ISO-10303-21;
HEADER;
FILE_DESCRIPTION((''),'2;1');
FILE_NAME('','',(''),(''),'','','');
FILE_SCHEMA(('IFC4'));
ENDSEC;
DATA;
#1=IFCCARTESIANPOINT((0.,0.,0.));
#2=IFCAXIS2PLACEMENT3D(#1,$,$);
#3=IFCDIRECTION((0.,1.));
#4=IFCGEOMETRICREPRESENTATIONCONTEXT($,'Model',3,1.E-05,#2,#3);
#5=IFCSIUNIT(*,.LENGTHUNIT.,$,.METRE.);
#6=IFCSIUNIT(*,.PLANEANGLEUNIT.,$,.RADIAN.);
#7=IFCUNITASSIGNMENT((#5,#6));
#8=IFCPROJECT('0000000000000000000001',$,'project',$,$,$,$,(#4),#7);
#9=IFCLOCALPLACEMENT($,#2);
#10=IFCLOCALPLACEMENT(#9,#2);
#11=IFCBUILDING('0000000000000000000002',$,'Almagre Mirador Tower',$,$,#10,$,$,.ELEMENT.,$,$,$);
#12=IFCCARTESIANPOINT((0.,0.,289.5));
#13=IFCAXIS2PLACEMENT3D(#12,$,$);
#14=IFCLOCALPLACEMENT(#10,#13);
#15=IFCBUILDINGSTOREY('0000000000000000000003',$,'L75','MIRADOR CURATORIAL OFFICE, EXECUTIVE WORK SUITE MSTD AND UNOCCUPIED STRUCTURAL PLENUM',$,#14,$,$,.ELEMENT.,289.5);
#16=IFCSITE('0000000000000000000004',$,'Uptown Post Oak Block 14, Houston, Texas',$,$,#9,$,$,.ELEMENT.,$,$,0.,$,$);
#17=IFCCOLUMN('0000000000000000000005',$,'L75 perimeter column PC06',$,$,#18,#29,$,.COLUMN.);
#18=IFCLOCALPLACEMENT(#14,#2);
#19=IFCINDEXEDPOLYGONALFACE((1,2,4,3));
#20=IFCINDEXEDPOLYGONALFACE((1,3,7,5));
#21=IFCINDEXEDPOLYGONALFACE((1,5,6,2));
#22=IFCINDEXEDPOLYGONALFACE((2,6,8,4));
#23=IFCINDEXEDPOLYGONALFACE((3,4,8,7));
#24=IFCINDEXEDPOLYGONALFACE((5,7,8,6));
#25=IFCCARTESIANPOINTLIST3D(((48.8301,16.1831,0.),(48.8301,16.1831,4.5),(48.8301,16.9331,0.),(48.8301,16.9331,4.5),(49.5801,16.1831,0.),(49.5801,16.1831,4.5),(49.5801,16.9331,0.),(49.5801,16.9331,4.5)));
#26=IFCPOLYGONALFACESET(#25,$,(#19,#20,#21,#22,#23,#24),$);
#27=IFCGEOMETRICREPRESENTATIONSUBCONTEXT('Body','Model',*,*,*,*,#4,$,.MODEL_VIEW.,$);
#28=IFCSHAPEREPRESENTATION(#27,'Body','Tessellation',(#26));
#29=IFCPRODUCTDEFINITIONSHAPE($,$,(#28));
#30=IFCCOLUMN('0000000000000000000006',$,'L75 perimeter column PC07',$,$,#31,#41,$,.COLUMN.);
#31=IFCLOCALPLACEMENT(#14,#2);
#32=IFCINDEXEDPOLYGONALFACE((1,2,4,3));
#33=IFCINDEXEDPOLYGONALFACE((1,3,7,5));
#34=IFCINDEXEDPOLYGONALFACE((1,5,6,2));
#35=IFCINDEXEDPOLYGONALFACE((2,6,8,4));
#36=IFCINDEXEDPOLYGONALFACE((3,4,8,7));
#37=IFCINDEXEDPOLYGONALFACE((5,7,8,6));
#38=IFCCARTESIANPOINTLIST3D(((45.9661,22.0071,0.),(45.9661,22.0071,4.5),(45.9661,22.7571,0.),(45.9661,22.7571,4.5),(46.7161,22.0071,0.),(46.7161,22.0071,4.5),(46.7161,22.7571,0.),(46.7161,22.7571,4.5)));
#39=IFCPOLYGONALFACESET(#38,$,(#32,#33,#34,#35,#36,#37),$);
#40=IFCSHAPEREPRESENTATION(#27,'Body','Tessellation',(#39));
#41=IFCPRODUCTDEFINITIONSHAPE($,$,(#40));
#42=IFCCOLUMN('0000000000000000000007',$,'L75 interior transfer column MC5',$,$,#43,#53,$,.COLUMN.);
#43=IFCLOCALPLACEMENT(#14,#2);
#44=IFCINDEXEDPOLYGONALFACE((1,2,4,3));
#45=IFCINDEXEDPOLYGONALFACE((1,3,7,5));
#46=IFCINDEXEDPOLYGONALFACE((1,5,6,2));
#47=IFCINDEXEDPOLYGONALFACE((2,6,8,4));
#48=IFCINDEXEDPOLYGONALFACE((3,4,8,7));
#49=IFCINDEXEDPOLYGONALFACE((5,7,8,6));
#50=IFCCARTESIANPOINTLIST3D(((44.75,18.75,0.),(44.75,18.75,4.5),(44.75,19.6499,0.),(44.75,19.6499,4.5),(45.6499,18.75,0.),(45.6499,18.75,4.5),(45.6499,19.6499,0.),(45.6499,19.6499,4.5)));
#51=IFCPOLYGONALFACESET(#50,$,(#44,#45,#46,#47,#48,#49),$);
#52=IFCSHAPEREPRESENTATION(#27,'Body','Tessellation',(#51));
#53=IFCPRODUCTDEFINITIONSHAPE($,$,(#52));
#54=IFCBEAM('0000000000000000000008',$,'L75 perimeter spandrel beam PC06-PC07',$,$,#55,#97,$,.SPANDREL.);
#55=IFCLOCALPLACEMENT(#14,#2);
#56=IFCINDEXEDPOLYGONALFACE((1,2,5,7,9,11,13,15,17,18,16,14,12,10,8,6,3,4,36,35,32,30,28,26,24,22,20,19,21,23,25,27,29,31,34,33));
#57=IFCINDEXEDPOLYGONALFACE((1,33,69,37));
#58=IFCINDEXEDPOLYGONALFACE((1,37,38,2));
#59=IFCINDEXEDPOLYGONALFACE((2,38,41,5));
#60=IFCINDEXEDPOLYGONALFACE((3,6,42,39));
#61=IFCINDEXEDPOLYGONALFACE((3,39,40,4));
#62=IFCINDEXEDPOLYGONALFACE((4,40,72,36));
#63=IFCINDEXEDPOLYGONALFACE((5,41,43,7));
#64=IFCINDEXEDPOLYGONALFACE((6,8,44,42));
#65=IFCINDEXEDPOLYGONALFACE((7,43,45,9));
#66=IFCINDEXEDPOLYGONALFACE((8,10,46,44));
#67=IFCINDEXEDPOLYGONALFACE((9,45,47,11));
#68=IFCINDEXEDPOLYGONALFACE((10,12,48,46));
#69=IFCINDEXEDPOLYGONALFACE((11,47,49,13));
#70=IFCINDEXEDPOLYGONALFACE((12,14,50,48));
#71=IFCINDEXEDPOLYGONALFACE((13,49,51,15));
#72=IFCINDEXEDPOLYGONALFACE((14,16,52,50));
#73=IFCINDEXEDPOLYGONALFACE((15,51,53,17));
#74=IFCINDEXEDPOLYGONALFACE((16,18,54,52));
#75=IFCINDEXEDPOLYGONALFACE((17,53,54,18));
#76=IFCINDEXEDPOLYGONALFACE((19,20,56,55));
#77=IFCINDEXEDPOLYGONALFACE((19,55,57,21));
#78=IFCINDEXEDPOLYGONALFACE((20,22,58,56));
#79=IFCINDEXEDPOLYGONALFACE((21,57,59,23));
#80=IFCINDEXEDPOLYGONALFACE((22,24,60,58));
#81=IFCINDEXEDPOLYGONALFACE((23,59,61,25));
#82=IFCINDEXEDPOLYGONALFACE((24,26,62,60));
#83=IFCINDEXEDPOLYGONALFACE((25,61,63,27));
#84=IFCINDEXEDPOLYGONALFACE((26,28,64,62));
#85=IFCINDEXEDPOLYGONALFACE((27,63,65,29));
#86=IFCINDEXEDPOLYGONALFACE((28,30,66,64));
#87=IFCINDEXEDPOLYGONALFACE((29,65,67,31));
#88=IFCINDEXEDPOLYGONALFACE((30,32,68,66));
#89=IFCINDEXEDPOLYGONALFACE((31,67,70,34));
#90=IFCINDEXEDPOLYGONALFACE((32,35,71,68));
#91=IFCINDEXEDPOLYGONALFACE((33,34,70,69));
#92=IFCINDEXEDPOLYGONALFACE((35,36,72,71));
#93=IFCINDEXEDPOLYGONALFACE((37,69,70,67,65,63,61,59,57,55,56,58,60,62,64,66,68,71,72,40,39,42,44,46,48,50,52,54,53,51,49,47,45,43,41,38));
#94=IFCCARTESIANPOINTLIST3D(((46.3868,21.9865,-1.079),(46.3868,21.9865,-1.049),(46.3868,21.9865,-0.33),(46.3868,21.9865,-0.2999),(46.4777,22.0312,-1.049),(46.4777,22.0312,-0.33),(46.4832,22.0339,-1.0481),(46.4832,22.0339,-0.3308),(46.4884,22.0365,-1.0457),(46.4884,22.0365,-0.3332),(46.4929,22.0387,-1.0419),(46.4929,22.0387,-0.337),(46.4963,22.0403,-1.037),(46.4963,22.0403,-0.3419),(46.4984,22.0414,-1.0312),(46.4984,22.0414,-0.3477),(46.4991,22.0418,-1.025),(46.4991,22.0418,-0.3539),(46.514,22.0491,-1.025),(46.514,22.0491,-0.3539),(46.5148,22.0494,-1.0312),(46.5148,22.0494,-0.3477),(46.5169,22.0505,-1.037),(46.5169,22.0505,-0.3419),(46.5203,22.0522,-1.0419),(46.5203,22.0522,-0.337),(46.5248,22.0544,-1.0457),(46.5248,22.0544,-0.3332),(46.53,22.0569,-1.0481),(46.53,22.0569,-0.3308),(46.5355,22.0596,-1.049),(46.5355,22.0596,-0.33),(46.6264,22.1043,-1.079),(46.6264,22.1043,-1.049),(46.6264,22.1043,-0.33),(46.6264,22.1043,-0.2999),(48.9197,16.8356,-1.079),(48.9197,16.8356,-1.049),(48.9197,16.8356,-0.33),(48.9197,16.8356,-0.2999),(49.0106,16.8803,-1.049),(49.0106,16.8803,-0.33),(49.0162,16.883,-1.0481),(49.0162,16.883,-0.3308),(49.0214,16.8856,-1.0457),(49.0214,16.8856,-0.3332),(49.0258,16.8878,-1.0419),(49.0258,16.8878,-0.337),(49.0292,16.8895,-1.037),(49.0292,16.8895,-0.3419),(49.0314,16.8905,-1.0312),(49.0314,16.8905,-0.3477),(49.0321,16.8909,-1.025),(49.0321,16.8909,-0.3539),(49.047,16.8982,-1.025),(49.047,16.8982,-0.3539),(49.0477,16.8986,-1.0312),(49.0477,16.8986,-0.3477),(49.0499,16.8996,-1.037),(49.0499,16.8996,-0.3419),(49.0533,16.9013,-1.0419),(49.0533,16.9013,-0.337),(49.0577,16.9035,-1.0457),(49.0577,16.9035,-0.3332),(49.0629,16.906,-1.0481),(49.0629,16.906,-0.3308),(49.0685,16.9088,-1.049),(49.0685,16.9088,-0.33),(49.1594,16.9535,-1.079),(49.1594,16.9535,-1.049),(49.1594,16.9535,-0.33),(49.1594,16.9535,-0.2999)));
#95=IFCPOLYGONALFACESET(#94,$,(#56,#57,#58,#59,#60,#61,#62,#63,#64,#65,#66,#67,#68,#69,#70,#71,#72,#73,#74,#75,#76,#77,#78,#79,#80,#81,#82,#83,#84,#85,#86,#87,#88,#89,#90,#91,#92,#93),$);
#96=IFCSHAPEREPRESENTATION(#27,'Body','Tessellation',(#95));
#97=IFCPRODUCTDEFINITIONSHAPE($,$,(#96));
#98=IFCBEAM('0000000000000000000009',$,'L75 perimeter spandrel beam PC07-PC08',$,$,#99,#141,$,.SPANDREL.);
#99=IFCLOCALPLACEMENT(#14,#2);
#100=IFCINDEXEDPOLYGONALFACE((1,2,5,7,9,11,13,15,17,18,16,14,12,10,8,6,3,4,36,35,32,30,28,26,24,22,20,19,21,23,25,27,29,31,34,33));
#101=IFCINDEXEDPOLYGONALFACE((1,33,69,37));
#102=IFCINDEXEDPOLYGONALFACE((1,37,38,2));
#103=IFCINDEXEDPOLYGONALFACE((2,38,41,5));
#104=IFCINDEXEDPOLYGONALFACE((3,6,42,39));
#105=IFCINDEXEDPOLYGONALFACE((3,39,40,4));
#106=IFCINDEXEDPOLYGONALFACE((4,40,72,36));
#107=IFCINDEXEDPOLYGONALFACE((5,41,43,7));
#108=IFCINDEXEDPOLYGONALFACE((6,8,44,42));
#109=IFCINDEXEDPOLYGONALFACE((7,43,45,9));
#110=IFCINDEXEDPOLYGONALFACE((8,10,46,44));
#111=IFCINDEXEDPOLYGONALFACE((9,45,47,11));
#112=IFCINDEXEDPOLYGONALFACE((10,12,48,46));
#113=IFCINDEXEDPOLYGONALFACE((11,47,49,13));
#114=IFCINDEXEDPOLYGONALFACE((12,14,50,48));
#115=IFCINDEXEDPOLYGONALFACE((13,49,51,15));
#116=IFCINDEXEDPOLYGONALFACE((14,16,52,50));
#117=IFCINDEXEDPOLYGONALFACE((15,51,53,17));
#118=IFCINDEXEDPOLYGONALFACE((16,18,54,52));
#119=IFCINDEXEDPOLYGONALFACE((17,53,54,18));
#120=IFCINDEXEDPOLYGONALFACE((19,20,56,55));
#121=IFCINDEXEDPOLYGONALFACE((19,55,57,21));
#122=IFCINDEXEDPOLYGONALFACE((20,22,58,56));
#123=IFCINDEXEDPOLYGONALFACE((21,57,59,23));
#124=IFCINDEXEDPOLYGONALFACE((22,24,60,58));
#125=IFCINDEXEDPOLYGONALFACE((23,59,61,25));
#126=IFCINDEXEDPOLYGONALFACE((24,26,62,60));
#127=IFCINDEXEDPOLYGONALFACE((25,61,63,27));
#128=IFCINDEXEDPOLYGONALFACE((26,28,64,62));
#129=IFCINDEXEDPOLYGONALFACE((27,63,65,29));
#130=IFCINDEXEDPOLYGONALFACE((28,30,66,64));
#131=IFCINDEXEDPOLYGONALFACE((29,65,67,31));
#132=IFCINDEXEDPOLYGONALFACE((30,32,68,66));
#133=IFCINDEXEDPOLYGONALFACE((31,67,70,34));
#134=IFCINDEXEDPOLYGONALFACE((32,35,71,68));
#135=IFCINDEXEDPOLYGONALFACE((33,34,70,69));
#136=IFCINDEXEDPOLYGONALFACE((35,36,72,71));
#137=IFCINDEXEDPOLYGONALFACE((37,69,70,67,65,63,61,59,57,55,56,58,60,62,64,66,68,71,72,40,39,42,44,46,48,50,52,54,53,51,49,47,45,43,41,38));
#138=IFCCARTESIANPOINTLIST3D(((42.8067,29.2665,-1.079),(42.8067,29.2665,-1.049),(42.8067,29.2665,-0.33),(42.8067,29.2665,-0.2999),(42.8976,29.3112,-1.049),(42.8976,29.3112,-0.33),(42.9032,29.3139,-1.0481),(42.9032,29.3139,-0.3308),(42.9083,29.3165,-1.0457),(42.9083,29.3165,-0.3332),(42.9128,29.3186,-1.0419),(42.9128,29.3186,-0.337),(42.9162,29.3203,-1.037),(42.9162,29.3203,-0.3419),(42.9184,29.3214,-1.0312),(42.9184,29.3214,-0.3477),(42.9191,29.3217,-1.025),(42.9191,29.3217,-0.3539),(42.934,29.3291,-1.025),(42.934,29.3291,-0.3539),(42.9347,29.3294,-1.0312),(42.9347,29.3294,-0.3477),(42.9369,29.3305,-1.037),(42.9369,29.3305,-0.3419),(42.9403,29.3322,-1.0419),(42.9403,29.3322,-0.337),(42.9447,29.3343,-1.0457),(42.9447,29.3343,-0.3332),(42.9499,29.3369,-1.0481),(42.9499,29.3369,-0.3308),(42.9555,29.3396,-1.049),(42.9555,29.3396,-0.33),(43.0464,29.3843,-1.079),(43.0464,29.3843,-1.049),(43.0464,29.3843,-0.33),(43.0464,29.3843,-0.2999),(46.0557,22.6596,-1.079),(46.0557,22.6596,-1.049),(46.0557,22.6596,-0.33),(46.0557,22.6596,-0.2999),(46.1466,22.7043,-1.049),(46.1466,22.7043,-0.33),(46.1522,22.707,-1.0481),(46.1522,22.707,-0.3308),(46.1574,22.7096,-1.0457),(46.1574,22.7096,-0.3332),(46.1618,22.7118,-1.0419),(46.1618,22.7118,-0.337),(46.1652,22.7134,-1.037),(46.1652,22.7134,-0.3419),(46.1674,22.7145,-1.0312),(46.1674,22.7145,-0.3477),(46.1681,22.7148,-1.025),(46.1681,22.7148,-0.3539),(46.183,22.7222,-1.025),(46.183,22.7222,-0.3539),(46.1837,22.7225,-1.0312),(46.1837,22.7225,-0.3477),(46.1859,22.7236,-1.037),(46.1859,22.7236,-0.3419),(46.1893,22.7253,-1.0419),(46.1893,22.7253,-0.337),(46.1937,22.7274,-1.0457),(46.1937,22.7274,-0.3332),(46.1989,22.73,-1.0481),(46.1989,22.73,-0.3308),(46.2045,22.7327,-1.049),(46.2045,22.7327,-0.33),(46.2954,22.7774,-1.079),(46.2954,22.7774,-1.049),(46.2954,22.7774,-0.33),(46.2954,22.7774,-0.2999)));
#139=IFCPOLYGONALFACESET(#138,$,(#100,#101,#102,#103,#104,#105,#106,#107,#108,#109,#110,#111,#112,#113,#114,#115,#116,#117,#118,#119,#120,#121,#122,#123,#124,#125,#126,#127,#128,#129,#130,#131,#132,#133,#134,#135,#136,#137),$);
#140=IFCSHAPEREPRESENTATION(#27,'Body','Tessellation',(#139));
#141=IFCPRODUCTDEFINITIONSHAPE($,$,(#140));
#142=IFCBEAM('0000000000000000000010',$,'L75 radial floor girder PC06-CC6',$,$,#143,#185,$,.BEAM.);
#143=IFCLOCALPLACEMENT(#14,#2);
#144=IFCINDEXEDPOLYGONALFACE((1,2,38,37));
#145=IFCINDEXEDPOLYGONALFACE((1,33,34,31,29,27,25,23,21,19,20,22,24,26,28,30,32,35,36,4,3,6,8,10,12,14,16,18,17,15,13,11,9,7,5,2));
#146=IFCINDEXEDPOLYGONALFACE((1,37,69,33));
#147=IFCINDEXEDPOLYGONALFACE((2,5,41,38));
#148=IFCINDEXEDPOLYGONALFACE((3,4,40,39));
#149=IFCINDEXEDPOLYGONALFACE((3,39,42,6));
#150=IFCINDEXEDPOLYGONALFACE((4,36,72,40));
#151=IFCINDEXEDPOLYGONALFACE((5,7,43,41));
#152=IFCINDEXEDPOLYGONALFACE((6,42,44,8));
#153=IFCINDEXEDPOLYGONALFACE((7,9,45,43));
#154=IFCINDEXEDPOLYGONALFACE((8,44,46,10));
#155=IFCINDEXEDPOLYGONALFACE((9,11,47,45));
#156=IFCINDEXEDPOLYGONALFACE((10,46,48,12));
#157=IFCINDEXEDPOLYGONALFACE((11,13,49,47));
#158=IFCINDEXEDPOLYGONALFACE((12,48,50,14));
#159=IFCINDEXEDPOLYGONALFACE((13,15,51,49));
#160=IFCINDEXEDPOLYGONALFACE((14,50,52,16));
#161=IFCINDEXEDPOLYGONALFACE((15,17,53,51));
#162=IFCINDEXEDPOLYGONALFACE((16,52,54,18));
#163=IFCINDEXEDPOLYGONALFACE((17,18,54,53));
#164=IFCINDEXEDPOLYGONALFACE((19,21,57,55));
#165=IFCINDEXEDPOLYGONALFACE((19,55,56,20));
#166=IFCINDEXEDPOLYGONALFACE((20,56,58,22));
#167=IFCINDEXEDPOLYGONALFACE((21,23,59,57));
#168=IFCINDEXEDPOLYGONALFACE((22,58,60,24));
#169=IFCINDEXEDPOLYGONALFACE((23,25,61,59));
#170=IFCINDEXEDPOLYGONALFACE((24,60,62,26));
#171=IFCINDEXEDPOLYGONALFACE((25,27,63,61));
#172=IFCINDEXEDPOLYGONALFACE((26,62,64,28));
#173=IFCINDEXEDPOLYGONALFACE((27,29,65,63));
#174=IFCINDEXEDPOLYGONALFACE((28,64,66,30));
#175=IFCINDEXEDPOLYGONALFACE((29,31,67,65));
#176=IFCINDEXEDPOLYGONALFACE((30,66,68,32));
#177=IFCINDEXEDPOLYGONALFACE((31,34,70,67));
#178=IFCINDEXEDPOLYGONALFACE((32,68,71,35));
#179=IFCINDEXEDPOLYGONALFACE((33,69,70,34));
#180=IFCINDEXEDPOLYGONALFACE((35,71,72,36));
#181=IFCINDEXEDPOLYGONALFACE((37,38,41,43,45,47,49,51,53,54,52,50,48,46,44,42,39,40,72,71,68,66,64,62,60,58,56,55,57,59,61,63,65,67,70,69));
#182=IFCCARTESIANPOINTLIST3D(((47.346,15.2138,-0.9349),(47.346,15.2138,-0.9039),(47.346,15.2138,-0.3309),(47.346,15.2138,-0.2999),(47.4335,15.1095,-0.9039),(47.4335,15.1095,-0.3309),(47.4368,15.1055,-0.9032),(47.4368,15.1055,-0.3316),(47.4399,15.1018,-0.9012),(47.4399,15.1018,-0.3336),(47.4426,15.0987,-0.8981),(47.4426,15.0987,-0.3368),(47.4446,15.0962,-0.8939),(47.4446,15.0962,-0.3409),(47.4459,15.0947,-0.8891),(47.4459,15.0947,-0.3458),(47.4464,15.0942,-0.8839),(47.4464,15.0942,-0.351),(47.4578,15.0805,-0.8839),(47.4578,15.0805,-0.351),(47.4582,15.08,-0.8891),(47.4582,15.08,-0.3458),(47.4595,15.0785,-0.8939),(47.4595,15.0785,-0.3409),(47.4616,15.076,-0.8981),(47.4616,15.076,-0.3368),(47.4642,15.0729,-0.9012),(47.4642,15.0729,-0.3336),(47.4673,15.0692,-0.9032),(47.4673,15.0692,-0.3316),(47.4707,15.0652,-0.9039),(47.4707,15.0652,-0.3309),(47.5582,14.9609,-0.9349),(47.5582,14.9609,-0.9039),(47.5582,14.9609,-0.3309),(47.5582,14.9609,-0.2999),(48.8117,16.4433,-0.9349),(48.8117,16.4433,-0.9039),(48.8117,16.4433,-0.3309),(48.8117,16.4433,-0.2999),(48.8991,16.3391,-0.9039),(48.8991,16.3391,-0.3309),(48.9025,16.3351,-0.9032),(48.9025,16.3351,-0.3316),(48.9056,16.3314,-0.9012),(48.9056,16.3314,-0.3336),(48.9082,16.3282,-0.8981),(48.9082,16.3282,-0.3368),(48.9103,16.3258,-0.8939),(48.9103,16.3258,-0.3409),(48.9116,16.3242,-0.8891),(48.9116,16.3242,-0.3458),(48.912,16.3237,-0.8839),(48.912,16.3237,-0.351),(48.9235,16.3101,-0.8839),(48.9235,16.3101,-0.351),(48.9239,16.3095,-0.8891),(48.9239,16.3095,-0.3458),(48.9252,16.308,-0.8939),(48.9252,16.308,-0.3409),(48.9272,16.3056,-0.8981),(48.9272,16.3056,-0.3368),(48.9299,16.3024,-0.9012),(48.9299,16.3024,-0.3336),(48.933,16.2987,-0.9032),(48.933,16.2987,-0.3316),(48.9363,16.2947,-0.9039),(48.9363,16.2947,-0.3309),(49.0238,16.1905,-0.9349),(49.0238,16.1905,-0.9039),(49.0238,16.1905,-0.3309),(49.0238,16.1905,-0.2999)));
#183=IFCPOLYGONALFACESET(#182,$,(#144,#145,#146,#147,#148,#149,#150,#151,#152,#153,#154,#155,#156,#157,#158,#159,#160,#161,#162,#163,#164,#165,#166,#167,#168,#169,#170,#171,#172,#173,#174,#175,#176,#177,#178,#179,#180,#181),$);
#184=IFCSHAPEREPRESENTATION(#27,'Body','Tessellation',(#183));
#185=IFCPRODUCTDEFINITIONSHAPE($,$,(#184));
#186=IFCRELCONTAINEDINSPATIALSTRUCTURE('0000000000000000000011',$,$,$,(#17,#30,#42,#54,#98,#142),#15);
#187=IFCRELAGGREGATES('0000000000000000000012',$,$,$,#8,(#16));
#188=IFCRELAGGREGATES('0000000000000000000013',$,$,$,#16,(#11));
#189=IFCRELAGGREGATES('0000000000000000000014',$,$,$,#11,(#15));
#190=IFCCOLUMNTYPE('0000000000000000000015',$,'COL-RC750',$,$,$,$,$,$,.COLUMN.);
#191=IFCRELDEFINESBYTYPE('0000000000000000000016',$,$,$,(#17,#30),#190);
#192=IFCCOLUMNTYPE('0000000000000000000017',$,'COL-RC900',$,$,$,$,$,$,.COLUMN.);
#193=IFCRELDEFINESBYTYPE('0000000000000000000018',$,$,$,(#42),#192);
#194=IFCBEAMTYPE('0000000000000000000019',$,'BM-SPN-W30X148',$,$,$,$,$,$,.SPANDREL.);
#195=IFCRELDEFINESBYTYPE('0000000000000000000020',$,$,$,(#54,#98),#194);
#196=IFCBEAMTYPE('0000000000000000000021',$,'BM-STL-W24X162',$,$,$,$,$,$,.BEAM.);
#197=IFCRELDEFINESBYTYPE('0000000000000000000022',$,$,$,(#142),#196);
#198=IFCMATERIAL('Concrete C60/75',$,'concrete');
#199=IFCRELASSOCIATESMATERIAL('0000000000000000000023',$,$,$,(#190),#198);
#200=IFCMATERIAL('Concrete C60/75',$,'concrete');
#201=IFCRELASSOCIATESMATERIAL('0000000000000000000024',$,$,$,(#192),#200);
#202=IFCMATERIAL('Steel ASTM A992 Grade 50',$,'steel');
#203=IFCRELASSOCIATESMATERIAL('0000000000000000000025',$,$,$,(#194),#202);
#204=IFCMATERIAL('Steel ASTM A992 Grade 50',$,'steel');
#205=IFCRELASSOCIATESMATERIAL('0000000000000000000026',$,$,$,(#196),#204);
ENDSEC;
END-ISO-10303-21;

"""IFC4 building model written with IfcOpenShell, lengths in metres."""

from ifc_helpers import new_model, si_unit, direction, frame, origin, origin_2d, place, context, subcontext, project, spatial, rectangle, i_section, extrude, material, material_profile, profile_set, type_object, element, save


model = new_model("IFC4")

# Units and contexts
model_context = context("Model", 3, precision=1e-05, world=origin(), true_north=direction((0.0, 1.0)))
body_context = subcontext(model_context, "Body", "Model", "MODEL_VIEW")
ifc_project = project(units=[si_unit("LENGTHUNIT", "METRE"), si_unit("PLANEANGLEUNIT", "RADIAN")], contexts=[model_context])

# Site, building, storey
site_placement = place(None, origin())
site = spatial("IfcSite", under=ifc_project, at=site_placement, Name="Uptown Post Oak Block 14, Houston, Texas", CompositionType="ELEMENT", RefElevation=0.0)
building_placement = place(site_placement, origin())
building = spatial("IfcBuilding", under=site, at=building_placement, Name="Almagre Mirador Tower", CompositionType="ELEMENT")
storey_placement = place(building_placement, frame((0.0, 0.0, 289.5)))
storey = spatial("IfcBuildingStorey", under=building, at=storey_placement, Name="L75", Description="MIRADOR CURATORIAL OFFICE, EXECUTIVE WORK SUITE MSTD AND UNOCCUPIED STRUCTURAL PLENUM", CompositionType="ELEMENT", Elevation=289.5)

# Columns
ifc_material_1 = material(Name="Concrete C60/75", Category="concrete")
ifc_material_profile_1 = material_profile(ifc_material_1, rectangle(XDim=0.75, YDim=0.75, at=origin_2d()), Name="RC750X750")
ifc_profile_set_1 = profile_set([ifc_material_profile_1], Name="Concrete C60/75")
column_type_1 = type_object("IfcColumnType", Name="COL-RC750", PredefinedType="COLUMN", material=ifc_profile_set_1)
for number, where, z_axis, x_axis, name in (
    (1, (49.2051, 16.5581, 0.0), (0.0, 0.0, 1.0), (1.0, 0.0, 0.0), "L75 perimeter column PC06"),
    (2, (46.3411, 22.3821, 0.0), (0.0, 0.0, 1.0), (1.0, 0.0, 0.0), "L75 perimeter column PC07"),
):
    element("IfcColumn", number, at=place(storey_placement, frame(where, z_axis=z_axis, x_axis=x_axis)), inside=storey, type_object=column_type_1, Name=name, PredefinedType="COLUMN", context=body_context, shape_type="SweptSolid", body=[
        extrude(rectangle(XDim=0.75, YDim=0.75, at=origin_2d()), origin(), (0.0, 0.0, 1.0), 4.5),
    ])
ifc_material_2 = material(Name="Concrete C60/75", Category="concrete")
ifc_material_profile_2 = material_profile(ifc_material_2, rectangle(XDim=0.8999, YDim=0.8999, at=origin_2d()), Name="RC900X900")
ifc_profile_set_2 = profile_set([ifc_material_profile_2], Name="Concrete C60/75")
column_type_2 = type_object("IfcColumnType", Name="COL-RC900", PredefinedType="COLUMN", material=ifc_profile_set_2)
column_placement = place(storey_placement, frame((45.2, 19.2, 0.0), z_axis=(0.0, 0.0, 1.0), x_axis=(1.0, 0.0, 0.0)))
element("IfcColumn", 3, at=column_placement, inside=storey, type_object=column_type_2, Name="L75 interior transfer column MC5", PredefinedType="COLUMN", context=body_context, shape_type="SweptSolid", body=[
    extrude(rectangle(XDim=0.8999, YDim=0.8999, at=origin_2d()), origin(), (0.0, 0.0, 1.0), 4.5),
])

# Beams
ifc_material_3 = material(Name="Steel ASTM A992 Grade 50", Category="steel")
ifc_material_profile_3 = material_profile(ifc_material_3, i_section(OverallWidth=0.2671, OverallDepth=0.7791, WebThickness=0.0166, FlangeThickness=0.03, FilletRadius=0.0239, at=origin_2d()), Name="W30X148")
ifc_profile_set_3 = profile_set([ifc_material_profile_3], Name="Steel ASTM A992 Grade 50")
beam_type_1 = type_object("IfcBeamType", Name="BM-SPN-W30X148", PredefinedType="SPANDREL", material=ifc_profile_set_3)
beam_1_placement = place(storey_placement, frame((49.0396, 16.8945, -0.6895), z_axis=(-0.441283, 0.897368, 0.0), x_axis=(-0.897368, -0.441283, 0.0)))
element("IfcBeam", 4, at=beam_1_placement, inside=storey, type_object=beam_type_1, Name="L75 perimeter spandrel beam PC06-PC07", PredefinedType="SPANDREL", context=body_context, shape_type="SweptSolid", body=[
    extrude(i_section(OverallWidth=0.2671, OverallDepth=0.7791, WebThickness=0.0166, FlangeThickness=0.03, FilletRadius=0.0239, at=origin_2d()), origin(), (0.0, 0.0, 1.0), 5.74),
])
beam_2_placement = place(storey_placement, frame((46.1755, 22.7185, -0.6895), z_axis=(-0.441288, 0.897365, 0.0), x_axis=(-0.897365, -0.441288, 0.0)))
element("IfcBeam", 5, at=beam_2_placement, inside=storey, type_object=beam_type_1, Name="L75 perimeter spandrel beam PC07-PC08", PredefinedType="SPANDREL", context=body_context, shape_type="SweptSolid", body=[
    extrude(i_section(OverallWidth=0.2671, OverallDepth=0.7791, WebThickness=0.0166, FlangeThickness=0.03, FilletRadius=0.0239, at=origin_2d()), origin(), (0.0, 0.0, 1.0), 7.3625),
])
ifc_material_4 = material(Name="Steel ASTM A992 Grade 50", Category="steel")
ifc_material_profile_4 = material_profile(ifc_material_4, i_section(OverallWidth=0.3301, OverallDepth=0.635, WebThickness=0.0178, FlangeThickness=0.031, FilletRadius=0.02, at=origin_2d()), Name="W24X162")
ifc_profile_set_4 = profile_set([ifc_material_profile_4], Name="Steel ASTM A992 Grade 50")
beam_type_2 = type_object("IfcBeamType", Name="BM-STL-W24X162", PredefinedType="BEAM", material=ifc_profile_set_4)
beam_3_placement = place(storey_placement, frame((48.9177, 16.3169, -0.6174), z_axis=(-0.766115, -0.642704, 0.0), x_axis=(0.642704, -0.766115, 0.0)))
element("IfcBeam", 6, at=beam_3_placement, inside=storey, type_object=beam_type_2, Name="L75 radial floor girder PC06-CC6", PredefinedType="BEAM", context=body_context, shape_type="SweptSolid", body=[
    extrude(i_section(OverallWidth=0.3301, OverallDepth=0.635, WebThickness=0.0178, FlangeThickness=0.031, FilletRadius=0.02, at=origin_2d()), origin(), (0.0, 0.0, 1.0), 1.9131),
])

save(model, "model.ifc")
